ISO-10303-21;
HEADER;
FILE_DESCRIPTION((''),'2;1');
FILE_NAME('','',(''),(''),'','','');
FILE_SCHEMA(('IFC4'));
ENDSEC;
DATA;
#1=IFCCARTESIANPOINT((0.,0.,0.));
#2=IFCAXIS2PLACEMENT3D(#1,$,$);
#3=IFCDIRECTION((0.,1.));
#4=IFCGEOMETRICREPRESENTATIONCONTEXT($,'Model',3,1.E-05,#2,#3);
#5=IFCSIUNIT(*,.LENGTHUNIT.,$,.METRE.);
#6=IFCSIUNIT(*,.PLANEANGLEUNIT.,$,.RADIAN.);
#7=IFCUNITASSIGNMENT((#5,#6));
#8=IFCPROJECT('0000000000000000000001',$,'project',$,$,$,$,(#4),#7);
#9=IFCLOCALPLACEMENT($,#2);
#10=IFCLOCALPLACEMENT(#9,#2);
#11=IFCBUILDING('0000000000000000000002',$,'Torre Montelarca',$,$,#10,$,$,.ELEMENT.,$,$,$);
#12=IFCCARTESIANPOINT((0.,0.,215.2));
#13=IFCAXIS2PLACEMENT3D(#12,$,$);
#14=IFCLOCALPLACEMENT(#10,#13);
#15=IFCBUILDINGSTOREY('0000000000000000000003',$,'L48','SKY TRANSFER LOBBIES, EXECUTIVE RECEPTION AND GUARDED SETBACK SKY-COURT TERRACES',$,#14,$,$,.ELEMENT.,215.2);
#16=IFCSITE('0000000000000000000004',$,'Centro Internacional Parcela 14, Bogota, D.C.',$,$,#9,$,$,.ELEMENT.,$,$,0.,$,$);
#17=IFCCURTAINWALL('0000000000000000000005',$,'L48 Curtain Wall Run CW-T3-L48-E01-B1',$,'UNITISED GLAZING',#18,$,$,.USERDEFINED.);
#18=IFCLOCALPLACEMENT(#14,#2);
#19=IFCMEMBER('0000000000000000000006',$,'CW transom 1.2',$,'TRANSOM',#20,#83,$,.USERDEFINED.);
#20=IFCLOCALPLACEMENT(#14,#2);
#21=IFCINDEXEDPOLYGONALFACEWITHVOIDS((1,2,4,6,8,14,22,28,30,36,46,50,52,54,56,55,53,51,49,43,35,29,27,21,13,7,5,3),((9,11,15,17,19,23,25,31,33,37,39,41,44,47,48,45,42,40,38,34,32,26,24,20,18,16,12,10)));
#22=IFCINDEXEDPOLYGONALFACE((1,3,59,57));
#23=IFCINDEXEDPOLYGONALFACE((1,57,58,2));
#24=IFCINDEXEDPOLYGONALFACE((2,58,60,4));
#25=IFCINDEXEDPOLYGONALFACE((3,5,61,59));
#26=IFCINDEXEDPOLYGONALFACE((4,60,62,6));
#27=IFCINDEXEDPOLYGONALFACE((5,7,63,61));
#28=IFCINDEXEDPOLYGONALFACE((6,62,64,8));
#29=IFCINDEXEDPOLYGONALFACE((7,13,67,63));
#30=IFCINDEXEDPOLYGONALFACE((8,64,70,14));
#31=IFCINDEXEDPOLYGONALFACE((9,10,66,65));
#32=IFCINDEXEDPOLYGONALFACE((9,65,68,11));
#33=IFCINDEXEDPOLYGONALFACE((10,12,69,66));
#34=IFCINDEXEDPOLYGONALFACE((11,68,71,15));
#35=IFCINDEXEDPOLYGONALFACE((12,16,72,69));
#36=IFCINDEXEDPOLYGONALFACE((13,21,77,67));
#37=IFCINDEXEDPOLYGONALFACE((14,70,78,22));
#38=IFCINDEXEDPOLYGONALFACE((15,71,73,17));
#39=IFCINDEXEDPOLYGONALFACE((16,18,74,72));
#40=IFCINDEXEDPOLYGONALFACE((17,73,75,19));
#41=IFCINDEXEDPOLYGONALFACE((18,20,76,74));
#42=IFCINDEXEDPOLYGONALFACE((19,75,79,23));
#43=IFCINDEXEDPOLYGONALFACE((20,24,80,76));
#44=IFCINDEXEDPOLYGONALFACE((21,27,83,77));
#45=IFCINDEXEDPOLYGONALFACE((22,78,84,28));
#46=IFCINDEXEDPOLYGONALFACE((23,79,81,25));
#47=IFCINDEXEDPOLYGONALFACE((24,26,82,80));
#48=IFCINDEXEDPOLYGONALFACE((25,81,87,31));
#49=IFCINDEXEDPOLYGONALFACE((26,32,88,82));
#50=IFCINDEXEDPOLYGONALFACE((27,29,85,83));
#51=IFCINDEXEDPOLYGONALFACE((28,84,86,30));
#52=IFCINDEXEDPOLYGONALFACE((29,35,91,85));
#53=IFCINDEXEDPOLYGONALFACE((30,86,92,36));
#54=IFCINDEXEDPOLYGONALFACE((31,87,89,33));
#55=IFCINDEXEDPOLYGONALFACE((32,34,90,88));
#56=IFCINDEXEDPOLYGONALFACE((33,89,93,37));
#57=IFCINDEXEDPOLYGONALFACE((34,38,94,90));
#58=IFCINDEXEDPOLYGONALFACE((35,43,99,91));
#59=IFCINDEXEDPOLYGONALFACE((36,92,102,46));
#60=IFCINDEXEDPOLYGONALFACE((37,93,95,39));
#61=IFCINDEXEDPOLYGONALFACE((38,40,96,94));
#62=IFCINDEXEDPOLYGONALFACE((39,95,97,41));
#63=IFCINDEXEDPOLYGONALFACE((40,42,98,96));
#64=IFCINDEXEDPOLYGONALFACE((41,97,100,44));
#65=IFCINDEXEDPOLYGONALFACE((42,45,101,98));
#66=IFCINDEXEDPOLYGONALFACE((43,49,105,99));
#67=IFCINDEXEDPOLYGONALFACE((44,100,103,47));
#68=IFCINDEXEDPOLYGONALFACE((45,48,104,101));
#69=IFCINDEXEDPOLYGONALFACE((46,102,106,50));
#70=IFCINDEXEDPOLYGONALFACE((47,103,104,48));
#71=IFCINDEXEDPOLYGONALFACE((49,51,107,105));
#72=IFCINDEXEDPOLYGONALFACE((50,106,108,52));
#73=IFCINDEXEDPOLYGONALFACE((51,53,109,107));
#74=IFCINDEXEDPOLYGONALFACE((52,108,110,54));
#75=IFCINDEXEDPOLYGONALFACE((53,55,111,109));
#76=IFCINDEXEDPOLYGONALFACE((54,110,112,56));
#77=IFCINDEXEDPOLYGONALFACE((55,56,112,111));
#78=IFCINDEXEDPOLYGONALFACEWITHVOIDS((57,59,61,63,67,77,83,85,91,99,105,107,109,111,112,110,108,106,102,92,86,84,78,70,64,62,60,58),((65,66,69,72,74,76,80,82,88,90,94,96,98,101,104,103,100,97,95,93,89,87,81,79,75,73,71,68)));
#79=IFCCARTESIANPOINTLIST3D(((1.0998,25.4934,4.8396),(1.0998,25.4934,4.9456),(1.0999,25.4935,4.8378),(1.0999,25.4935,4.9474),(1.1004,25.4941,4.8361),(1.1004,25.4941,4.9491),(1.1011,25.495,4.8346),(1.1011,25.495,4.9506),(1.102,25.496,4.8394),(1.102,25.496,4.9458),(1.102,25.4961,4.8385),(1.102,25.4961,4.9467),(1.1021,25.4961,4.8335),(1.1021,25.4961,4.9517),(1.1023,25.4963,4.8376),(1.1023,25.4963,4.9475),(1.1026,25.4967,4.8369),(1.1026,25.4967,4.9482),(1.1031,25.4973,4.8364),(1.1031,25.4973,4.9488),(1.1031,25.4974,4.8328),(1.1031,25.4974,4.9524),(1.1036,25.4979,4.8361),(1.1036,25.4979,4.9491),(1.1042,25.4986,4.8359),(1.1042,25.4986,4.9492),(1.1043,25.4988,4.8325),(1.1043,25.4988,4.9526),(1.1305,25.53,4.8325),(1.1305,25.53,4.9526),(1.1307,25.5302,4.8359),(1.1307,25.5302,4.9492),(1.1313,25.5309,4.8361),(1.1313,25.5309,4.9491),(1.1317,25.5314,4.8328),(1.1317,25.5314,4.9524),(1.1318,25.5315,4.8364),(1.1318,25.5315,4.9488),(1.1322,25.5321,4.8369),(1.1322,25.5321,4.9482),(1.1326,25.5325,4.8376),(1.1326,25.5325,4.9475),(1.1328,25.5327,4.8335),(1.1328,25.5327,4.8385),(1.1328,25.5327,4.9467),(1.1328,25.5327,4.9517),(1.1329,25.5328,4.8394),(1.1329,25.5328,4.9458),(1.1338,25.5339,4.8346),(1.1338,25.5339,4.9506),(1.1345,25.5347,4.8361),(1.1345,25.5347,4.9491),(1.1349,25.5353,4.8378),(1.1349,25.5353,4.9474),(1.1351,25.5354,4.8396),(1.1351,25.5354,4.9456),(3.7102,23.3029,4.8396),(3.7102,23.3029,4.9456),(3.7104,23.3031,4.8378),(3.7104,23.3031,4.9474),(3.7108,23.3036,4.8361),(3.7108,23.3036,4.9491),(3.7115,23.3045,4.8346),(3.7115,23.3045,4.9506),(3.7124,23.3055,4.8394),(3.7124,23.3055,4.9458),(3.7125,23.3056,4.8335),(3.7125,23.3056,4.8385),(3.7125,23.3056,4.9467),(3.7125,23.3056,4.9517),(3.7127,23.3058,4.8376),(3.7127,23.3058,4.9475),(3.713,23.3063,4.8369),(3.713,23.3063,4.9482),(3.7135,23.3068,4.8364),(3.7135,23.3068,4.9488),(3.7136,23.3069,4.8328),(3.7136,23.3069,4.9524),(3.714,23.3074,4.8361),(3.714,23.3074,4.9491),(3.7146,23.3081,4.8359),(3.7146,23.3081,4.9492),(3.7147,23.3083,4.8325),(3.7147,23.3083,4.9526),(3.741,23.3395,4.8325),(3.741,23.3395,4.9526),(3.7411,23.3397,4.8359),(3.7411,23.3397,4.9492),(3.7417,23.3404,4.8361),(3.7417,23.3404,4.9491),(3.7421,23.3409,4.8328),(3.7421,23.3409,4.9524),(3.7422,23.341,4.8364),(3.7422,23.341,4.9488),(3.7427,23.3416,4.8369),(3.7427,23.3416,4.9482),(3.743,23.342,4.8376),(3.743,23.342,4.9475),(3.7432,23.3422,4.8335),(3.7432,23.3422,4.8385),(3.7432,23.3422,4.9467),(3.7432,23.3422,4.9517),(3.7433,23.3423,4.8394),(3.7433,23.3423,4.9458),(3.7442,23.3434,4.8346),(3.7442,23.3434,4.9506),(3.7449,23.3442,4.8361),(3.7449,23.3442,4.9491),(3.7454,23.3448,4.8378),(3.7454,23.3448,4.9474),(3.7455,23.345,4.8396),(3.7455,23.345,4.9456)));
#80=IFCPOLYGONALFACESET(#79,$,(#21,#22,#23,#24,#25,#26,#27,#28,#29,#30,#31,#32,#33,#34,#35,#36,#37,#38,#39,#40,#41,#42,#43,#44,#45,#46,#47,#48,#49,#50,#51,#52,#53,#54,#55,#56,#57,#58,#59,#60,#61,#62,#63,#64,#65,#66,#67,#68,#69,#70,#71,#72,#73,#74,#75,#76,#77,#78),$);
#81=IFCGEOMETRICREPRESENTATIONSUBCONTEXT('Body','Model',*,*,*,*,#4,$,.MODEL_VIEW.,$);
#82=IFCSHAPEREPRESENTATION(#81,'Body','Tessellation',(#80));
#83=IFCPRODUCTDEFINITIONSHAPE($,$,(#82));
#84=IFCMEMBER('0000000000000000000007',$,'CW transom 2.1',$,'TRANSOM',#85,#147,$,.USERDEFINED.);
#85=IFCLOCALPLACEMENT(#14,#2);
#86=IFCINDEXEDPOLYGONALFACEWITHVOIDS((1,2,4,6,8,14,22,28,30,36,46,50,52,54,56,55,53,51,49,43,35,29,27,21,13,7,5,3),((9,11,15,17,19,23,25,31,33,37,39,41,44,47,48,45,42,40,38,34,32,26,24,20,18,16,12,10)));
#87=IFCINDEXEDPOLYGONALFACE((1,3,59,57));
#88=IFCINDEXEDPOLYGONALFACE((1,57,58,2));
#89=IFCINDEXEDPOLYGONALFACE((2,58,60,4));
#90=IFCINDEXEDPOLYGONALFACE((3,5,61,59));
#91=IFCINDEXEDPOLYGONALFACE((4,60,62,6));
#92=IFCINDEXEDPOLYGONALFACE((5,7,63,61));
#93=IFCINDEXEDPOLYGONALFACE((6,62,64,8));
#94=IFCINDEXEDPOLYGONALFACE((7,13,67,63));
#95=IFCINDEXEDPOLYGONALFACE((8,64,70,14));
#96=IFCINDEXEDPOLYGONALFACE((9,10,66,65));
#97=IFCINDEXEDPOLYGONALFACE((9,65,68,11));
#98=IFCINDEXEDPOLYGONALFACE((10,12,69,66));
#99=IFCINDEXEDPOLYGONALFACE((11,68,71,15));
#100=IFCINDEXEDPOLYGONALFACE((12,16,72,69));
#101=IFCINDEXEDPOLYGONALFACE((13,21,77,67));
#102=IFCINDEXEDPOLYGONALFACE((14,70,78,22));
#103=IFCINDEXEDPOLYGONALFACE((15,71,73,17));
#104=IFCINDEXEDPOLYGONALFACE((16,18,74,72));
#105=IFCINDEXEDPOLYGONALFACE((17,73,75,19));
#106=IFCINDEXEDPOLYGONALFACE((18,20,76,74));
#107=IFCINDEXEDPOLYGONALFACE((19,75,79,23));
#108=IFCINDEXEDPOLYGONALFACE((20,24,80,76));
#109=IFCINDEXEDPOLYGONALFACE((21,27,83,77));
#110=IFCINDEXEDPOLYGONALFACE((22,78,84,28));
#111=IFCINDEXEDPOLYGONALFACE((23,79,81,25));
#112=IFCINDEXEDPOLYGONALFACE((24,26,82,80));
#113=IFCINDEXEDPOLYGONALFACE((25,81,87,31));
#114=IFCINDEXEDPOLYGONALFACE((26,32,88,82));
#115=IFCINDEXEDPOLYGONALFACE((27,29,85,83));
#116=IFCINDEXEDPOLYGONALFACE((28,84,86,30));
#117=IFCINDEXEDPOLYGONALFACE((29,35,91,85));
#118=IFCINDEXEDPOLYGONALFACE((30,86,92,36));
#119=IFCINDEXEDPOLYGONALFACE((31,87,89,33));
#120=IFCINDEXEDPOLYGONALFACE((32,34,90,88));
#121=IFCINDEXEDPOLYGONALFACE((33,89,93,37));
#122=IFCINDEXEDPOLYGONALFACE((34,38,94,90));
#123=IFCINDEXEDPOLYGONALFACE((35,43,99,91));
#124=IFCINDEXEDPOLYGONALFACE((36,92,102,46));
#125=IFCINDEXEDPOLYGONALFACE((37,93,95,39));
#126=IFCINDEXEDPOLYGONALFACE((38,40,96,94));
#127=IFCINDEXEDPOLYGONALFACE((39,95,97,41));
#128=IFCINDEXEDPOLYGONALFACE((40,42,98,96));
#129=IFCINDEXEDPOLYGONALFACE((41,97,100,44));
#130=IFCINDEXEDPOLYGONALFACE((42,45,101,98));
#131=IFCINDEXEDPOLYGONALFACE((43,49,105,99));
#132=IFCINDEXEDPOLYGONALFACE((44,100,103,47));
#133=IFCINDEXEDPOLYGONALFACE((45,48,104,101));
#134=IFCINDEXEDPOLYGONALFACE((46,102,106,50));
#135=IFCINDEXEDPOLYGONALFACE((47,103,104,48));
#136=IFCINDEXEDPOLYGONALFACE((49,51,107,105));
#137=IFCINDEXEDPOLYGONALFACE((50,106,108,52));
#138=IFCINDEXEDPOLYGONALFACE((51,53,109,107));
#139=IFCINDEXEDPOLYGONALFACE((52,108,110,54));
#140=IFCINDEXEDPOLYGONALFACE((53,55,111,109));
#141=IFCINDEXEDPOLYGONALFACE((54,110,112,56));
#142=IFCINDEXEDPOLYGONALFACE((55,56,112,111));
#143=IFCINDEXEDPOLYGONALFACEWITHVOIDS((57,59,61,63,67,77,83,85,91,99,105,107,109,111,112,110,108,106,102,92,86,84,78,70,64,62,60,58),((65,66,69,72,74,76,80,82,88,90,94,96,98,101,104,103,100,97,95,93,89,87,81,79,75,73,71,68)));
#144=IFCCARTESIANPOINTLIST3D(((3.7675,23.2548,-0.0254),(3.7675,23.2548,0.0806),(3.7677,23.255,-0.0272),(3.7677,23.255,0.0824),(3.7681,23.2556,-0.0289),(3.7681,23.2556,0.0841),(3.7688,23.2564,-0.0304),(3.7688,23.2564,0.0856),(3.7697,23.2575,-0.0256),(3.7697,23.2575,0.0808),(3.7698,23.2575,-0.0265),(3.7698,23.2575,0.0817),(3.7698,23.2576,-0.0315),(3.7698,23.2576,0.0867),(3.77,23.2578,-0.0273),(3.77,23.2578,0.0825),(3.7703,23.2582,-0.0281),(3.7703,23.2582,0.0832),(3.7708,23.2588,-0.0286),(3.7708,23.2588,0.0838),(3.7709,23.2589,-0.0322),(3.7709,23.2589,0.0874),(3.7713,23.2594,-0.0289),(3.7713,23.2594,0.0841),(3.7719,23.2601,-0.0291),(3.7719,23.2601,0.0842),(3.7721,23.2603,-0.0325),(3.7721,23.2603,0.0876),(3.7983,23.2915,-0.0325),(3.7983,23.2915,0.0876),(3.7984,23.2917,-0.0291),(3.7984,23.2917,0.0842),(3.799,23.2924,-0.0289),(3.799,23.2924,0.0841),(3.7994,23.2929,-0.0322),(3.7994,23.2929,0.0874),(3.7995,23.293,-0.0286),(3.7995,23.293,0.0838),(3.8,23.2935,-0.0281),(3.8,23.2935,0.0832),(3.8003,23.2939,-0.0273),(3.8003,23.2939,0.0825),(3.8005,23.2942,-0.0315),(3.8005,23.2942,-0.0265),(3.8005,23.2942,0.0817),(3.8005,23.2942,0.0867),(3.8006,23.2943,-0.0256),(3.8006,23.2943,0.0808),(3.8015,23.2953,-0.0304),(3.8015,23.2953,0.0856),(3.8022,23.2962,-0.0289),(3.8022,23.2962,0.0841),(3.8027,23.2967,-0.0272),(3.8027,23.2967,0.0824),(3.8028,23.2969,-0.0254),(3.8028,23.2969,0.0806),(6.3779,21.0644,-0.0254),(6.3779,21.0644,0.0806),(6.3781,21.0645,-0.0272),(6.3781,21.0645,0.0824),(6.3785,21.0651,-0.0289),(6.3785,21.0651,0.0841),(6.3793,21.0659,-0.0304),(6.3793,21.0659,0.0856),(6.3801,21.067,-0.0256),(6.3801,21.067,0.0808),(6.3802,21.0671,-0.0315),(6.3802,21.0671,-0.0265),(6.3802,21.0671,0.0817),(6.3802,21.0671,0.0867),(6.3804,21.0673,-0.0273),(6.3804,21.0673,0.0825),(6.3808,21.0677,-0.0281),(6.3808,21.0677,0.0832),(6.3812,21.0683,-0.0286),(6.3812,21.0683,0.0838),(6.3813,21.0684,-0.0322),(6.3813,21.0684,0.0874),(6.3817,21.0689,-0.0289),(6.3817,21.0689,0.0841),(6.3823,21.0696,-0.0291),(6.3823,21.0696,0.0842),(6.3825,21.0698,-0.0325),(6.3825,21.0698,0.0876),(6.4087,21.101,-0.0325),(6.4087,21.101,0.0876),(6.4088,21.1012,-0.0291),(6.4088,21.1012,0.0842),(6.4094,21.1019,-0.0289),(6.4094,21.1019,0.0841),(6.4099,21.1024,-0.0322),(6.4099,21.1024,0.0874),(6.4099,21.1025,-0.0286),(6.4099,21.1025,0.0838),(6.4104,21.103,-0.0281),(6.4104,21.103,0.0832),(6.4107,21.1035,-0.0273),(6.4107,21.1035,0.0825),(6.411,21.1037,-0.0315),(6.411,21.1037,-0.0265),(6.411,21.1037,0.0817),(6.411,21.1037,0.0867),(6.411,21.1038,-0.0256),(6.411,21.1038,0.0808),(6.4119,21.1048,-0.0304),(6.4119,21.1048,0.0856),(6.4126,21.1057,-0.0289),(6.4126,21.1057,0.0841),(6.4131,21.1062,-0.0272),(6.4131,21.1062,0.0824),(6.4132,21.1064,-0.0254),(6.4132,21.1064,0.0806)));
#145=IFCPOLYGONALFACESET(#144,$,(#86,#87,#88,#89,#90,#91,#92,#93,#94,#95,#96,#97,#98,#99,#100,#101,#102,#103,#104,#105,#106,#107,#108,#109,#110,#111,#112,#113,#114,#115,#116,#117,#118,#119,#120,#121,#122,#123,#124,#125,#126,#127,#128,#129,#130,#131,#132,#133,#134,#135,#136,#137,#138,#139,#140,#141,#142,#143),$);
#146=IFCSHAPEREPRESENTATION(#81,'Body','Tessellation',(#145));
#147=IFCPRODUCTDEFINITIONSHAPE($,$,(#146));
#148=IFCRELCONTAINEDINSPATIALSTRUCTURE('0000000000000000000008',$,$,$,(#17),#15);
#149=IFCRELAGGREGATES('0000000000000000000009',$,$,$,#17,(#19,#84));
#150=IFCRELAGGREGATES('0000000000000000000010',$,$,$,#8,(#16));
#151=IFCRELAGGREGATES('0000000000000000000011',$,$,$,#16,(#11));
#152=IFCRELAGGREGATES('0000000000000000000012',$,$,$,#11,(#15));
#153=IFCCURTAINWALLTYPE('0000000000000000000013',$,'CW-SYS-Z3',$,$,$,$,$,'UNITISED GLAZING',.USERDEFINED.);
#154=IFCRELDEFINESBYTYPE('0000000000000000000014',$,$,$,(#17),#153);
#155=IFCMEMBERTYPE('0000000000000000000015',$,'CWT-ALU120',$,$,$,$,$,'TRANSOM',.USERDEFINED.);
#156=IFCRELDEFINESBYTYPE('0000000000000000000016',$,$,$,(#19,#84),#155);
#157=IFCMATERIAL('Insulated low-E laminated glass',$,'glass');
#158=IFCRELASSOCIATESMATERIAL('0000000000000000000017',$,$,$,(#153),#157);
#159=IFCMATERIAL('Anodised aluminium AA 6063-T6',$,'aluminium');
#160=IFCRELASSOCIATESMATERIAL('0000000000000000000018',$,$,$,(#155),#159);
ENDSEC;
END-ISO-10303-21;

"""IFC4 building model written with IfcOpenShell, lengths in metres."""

from ifc_helpers import new_model, si_unit, direction, frame, origin, origin_2d, place, context, subcontext, project, spatial, hollow_rectangle, extrude, source, transform, mapped, material, material_profile, profile_set, type_object, element, aggregate, save


model = new_model("IFC4")

# Units and contexts
model_context = context("Model", 3, precision=1e-05, world=origin(), true_north=direction((0.0, 1.0)))
body_context = subcontext(model_context, "Body", "Model", "MODEL_VIEW")
ifc_project = project(units=[si_unit("LENGTHUNIT", "METRE"), si_unit("PLANEANGLEUNIT", "RADIAN")], contexts=[model_context])

# Site, building, storey
site_placement = place(None, origin())
site = spatial("IfcSite", under=ifc_project, at=site_placement, Name="Centro Internacional Parcela 14, Bogota, D.C.", CompositionType="ELEMENT", RefElevation=0.0)
building_placement = place(site_placement, origin())
building = spatial("IfcBuilding", under=site, at=building_placement, Name="Torre Montelarca", CompositionType="ELEMENT")
storey_placement = place(building_placement, frame((0.0, 0.0, 215.2)))
storey = spatial("IfcBuildingStorey", under=building, at=storey_placement, Name="L48", Description="SKY TRANSFER LOBBIES, EXECUTIVE RECEPTION AND GUARDED SETBACK SKY-COURT TERRACES", CompositionType="ELEMENT", Elevation=215.2)

# Curtain wall
ifc_material_1 = material(Name="Insulated low-E laminated glass", Category="glass")
curtain_wall_type = type_object("IfcCurtainWallType", Name="CW-SYS-Z3", ElementType="UNITISED GLAZING", PredefinedType="USERDEFINED", material=ifc_material_1)
curtain_wall_1_placement = place(storey_placement, origin())
curtain_wall_1 = element("IfcCurtainWall", 1, at=curtain_wall_1_placement, inside=storey, type_object=curtain_wall_type, Name="L48 Curtain Wall Run CW-T3-L48-E01-B1", ObjectType="UNITISED GLAZING", PredefinedType="USERDEFINED")
ifc_material_2 = material(Name="Anodised aluminium AA 6063-T6", Category="aluminium")

# Members
ifc_material_profile_1 = material_profile(ifc_material_2, hollow_rectangle(XDim=0.0549, YDim=0.1201, WallThickness=0.0034, InnerFilletRadius=0.0034, OuterFilletRadius=0.0071, at=origin_2d()), Name="ALU55X120X3.5", Category="aluminium")
ifc_profile_set_1 = profile_set([ifc_material_profile_1], Name="Anodised aluminium AA 6063-T6")
member_type_1 = type_object("IfcMemberType", Name="CWT-ALU120", ElementType="TRANSOM", PredefinedType="USERDEFINED", material=ifc_profile_set_1)
shared_shape_1 = source(origin(), body_context, "Body", "SweptSolid", [
    extrude(hollow_rectangle(XDim=0.0549, YDim=0.1201, WallThickness=0.0034, InnerFilletRadius=0.0034, OuterFilletRadius=0.0071, at=origin_2d()), origin(), (0.0, 0.0, 1.0), 3.4077),
])
member_1_placement = place(storey_placement, frame((1.1174, 25.5144, 4.8926), z_axis=(0.766032, -0.642802, 0.0), x_axis=(0.642802, 0.766032, 0.0)))
member_1 = element("IfcMember", 2, at=member_1_placement, type_object=member_type_1, Name="CW transom 1.2", ObjectType="TRANSOM", PredefinedType="USERDEFINED", context=body_context, shape_type="MappedRepresentation", body=[
    mapped(shared_shape_1, transform((0.0, 0.0, 0.0), scale=1.0)),
])
member_2_placement = place(storey_placement, frame((3.7852, 23.2759, 0.0276), z_axis=(0.766032, -0.642802, 0.0), x_axis=(0.642802, 0.766032, 0.0)))
member_2 = element("IfcMember", 3, at=member_2_placement, type_object=member_type_1, Name="CW transom 2.1", ObjectType="TRANSOM", PredefinedType="USERDEFINED", context=body_context, shape_type="MappedRepresentation", body=[
    mapped(shared_shape_1, transform((0.0, 0.0, 0.0), scale=1.0)),
])

aggregate(curtain_wall_1, [member_1, member_2])

save(model, "model.ifc")
